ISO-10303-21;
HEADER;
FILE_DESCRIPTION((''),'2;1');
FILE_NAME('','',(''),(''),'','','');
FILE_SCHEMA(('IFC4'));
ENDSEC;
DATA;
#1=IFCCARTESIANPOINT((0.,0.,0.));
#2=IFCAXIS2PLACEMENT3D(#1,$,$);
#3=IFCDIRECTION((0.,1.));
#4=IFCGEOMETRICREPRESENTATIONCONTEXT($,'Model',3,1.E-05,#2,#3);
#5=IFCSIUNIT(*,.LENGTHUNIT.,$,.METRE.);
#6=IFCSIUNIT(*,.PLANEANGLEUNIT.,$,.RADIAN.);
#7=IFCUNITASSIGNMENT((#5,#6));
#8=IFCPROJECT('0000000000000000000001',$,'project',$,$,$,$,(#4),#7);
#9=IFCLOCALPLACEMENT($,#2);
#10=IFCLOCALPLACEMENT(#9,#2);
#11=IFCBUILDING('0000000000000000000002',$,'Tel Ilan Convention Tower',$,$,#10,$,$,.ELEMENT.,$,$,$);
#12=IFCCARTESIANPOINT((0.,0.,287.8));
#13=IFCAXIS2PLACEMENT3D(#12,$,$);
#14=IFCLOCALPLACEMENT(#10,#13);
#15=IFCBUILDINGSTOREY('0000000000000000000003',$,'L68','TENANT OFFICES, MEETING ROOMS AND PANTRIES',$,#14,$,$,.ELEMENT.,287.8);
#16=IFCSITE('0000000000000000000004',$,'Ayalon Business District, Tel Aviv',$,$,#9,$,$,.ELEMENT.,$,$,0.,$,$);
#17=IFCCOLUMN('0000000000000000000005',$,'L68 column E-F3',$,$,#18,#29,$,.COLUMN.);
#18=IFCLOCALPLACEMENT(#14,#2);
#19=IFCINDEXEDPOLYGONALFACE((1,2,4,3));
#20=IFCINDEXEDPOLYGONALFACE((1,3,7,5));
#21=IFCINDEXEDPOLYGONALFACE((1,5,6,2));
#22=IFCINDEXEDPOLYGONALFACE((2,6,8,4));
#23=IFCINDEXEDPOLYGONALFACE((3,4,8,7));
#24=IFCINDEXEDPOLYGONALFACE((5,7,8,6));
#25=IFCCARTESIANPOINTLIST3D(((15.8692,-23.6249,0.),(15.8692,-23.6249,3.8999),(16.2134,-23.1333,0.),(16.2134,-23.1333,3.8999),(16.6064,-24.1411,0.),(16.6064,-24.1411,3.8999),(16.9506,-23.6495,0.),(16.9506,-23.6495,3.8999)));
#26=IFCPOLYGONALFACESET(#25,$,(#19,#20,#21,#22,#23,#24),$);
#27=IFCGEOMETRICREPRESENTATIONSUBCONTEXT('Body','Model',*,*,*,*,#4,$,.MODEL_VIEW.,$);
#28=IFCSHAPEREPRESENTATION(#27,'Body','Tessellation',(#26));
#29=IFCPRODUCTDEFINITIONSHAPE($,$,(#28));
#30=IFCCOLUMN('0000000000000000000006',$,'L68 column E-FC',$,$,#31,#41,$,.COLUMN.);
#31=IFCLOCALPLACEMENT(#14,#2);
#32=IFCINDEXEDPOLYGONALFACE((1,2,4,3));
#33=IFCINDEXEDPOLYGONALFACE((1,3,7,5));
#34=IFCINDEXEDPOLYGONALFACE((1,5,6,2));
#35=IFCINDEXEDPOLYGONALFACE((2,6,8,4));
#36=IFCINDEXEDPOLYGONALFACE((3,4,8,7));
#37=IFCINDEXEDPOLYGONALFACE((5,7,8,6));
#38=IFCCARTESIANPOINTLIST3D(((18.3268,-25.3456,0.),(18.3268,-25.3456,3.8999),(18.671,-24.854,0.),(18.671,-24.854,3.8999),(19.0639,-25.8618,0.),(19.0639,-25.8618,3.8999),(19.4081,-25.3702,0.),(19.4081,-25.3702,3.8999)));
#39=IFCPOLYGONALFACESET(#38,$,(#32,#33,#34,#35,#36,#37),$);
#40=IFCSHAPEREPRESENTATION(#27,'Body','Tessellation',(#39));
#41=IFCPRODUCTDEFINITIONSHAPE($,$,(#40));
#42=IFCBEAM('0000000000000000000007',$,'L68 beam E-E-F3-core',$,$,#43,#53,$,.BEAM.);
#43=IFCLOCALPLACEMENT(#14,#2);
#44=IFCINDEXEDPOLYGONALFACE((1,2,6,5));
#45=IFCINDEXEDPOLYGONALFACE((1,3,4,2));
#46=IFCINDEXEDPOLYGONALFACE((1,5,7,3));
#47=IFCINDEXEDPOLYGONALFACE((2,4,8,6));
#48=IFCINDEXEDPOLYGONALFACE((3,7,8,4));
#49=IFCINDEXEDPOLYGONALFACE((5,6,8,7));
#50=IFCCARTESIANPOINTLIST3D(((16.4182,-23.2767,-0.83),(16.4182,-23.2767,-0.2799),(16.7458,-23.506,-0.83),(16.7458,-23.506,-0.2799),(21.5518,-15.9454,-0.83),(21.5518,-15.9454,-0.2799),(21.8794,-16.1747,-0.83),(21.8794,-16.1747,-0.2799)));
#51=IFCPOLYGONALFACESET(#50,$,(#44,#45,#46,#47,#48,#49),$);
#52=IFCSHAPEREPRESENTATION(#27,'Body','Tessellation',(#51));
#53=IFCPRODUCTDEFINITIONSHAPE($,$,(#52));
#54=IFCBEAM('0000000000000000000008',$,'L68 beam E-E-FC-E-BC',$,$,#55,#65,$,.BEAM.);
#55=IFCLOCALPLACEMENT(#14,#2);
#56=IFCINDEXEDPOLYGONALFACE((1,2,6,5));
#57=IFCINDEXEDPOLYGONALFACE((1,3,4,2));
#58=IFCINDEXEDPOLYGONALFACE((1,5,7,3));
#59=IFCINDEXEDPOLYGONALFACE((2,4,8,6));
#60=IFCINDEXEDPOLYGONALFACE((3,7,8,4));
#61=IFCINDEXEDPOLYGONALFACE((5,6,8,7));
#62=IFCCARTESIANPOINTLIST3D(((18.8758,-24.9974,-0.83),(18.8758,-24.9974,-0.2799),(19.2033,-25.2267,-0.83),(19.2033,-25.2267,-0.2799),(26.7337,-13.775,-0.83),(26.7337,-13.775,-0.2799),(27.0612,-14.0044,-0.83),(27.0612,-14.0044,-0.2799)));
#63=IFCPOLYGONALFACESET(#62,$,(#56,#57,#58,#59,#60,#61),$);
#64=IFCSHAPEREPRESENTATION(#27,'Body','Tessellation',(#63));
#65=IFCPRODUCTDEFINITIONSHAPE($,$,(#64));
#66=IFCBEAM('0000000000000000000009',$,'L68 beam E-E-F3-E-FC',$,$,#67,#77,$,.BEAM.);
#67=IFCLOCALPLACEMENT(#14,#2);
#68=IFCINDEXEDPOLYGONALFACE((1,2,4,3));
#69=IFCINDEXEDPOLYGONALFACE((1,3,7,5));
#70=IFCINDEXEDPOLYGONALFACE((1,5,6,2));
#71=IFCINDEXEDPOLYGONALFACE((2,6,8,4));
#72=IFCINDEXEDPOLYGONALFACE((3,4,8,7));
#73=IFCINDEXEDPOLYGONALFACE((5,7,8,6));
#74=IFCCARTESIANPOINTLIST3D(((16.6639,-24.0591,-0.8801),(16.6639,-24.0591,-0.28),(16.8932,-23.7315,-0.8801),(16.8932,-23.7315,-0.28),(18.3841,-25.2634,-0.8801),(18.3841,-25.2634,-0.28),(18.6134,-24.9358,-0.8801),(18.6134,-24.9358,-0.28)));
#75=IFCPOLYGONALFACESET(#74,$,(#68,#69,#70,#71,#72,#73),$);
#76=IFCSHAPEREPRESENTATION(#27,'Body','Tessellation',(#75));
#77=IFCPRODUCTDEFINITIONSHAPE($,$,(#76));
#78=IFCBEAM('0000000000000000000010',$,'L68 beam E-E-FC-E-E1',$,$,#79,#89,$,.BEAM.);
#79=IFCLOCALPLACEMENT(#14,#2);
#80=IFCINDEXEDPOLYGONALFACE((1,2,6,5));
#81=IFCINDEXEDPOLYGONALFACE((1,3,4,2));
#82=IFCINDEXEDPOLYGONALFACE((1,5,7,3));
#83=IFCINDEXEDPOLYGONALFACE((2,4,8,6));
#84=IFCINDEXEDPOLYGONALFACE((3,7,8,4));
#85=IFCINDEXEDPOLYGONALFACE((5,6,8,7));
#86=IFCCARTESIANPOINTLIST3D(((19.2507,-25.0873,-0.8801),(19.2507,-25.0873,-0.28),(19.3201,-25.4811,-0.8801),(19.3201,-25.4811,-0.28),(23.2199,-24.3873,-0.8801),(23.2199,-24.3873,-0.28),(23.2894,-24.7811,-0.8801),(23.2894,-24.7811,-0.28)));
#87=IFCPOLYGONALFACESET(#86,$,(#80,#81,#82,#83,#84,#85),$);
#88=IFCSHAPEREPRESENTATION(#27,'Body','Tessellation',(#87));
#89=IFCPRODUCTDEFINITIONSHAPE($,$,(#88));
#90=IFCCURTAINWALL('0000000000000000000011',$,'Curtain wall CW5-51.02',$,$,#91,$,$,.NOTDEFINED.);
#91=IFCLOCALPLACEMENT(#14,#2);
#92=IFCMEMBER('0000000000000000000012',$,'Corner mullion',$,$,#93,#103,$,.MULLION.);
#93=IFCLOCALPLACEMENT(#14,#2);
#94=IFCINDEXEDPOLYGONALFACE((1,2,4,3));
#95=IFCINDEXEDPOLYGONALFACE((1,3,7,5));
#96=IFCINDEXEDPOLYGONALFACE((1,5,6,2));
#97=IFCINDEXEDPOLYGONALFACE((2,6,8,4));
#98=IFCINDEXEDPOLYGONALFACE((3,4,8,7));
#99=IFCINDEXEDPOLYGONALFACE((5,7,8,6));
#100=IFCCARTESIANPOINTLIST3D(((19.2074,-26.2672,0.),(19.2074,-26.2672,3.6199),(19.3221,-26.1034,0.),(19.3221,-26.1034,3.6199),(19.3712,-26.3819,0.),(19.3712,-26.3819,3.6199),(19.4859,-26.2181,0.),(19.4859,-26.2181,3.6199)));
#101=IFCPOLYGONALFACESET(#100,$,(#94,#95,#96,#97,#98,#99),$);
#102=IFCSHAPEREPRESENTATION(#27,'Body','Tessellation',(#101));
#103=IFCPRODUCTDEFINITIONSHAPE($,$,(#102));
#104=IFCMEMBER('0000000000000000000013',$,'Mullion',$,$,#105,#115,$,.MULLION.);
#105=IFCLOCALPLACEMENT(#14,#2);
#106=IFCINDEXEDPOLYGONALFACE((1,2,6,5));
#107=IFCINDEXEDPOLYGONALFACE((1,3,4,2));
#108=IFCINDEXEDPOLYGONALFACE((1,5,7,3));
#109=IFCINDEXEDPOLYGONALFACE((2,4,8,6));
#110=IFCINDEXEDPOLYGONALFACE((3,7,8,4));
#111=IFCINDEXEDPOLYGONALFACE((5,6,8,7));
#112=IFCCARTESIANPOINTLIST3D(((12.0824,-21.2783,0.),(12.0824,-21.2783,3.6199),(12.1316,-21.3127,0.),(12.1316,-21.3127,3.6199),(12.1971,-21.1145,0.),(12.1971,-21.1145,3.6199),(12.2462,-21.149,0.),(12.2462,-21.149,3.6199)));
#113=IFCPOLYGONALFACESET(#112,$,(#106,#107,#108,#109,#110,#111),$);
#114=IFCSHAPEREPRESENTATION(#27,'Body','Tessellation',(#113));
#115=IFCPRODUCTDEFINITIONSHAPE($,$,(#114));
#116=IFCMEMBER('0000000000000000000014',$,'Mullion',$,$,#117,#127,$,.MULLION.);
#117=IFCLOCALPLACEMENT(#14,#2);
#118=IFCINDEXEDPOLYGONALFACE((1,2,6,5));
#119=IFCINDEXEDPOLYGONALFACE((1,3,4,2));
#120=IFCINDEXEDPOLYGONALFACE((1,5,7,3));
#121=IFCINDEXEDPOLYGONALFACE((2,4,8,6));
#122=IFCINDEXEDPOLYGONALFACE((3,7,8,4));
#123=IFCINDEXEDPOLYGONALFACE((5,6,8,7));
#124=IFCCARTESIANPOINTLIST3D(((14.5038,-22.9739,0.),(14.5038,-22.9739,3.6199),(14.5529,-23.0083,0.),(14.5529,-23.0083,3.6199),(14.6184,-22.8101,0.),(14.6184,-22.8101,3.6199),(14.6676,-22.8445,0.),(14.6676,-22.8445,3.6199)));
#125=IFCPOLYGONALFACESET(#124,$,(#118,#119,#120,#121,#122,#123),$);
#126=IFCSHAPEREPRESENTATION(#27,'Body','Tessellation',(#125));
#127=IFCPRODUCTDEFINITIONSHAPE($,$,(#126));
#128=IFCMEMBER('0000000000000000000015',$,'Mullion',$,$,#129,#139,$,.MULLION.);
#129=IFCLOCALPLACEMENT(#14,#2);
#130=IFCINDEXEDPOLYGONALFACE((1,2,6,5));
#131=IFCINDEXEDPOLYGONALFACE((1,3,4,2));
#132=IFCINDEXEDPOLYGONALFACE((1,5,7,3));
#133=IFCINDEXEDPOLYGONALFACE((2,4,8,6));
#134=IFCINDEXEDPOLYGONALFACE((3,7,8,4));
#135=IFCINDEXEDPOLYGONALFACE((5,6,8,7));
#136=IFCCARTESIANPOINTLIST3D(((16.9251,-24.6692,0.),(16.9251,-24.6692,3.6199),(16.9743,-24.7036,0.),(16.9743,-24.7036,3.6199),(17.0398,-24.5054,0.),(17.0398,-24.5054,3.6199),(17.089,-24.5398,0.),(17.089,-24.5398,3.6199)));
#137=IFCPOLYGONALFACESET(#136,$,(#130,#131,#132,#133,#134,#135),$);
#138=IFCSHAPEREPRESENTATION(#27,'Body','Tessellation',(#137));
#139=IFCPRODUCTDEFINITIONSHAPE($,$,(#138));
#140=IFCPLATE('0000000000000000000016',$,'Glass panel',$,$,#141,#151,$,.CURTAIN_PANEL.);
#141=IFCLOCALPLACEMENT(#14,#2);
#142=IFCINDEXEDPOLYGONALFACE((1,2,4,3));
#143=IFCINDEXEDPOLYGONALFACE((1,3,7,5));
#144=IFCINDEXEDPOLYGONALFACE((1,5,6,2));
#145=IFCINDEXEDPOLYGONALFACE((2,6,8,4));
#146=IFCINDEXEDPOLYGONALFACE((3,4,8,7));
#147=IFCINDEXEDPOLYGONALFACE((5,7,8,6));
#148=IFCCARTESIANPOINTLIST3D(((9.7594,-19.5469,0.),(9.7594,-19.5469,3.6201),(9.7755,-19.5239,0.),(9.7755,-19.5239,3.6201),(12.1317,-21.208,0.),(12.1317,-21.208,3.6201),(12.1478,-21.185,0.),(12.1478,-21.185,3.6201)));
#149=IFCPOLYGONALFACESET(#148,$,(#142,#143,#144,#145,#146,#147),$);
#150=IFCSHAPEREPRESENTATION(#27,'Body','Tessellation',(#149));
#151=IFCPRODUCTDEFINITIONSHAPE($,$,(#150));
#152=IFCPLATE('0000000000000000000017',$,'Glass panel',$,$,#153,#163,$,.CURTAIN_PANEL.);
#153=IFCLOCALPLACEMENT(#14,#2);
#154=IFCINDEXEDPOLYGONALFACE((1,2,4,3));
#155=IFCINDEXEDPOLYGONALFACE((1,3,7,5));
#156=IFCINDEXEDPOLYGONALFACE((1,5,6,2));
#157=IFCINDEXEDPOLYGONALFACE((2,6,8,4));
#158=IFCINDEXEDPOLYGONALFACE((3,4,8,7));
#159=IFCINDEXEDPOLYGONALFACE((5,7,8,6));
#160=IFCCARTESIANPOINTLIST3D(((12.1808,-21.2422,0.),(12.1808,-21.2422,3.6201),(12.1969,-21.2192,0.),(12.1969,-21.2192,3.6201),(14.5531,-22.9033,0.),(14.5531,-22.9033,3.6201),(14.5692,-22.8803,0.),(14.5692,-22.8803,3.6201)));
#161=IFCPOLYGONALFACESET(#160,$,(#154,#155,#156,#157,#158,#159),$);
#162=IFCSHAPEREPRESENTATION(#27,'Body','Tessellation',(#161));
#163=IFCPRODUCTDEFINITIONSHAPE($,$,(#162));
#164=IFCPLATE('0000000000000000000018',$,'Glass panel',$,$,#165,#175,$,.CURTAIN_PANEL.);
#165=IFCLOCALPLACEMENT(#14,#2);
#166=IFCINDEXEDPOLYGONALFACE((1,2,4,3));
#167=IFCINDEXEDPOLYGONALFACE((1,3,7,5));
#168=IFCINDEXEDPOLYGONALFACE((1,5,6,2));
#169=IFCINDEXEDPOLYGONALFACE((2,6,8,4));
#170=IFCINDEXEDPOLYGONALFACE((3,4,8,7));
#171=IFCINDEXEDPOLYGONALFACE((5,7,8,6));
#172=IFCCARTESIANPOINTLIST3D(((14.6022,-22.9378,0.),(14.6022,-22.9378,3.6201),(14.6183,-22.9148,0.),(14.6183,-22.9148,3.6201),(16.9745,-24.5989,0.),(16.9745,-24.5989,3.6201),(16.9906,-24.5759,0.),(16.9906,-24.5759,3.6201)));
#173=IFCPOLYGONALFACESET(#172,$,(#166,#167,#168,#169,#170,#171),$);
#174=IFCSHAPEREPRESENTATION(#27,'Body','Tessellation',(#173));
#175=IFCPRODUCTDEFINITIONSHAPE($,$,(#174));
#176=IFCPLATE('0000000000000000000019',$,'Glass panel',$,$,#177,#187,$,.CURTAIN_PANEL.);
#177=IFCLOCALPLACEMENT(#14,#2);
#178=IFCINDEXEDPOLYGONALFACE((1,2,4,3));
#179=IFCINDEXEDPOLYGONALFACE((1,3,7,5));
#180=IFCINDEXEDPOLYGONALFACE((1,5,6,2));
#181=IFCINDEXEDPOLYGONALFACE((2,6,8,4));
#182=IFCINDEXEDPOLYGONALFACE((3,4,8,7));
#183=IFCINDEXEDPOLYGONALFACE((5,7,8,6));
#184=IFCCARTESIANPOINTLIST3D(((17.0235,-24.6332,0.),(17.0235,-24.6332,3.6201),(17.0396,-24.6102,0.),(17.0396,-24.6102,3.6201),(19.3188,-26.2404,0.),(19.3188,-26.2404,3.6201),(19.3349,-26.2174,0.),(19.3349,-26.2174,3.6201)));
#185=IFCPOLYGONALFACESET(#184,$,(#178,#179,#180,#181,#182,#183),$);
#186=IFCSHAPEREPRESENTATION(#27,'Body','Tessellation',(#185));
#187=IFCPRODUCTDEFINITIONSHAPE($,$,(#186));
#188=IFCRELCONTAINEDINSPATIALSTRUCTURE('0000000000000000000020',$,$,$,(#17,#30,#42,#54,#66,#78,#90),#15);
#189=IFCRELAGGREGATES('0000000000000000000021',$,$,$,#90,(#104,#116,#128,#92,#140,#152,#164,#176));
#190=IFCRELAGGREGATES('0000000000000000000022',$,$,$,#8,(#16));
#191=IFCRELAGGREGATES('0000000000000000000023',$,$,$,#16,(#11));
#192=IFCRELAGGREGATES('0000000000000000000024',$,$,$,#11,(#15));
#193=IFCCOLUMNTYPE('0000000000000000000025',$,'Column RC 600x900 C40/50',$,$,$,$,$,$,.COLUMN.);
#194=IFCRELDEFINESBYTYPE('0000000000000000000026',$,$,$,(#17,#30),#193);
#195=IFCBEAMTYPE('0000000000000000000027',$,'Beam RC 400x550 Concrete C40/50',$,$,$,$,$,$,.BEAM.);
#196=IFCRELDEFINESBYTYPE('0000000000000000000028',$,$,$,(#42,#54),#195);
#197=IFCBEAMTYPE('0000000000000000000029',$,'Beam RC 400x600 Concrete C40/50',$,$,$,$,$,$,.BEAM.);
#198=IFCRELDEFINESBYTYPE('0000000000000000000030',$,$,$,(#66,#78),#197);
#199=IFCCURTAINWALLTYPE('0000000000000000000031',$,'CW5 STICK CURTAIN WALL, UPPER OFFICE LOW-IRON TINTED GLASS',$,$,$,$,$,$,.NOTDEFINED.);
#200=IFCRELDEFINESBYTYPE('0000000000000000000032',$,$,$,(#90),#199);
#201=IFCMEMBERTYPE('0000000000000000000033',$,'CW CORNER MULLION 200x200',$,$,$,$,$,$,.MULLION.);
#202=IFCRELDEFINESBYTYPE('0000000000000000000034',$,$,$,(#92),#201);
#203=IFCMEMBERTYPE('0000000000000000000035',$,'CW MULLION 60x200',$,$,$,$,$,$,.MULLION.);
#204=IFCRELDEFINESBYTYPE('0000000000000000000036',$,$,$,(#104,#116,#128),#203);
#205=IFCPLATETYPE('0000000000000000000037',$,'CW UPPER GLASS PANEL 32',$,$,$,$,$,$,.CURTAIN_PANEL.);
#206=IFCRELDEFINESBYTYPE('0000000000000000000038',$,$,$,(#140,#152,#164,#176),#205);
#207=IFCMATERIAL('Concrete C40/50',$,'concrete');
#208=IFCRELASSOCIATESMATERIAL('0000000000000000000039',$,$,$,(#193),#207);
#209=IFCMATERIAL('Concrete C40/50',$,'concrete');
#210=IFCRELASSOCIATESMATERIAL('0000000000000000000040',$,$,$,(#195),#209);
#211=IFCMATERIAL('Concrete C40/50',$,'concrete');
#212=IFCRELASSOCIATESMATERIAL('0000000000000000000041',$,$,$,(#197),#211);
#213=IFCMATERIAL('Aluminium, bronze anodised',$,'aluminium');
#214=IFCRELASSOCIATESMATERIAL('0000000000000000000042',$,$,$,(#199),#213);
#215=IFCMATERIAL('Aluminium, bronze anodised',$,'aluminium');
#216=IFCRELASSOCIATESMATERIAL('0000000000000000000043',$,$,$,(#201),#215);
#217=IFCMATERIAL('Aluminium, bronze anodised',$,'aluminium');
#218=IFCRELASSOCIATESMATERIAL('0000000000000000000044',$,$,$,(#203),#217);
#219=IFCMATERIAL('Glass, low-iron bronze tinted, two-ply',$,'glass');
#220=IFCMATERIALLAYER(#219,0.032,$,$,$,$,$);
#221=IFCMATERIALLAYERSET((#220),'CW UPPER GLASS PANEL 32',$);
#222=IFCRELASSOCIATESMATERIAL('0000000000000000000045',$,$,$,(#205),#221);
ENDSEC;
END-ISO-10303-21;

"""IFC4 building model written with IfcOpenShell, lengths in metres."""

from ifc_helpers import new_model, si_unit, direction, frame, origin, origin_2d, place, context, subcontext, project, spatial, rectangle, extrude, material, layer, layer_set, material_profile, profile_set, type_object, element, aggregate, save


model = new_model("IFC4")

# Units and contexts
model_context = context("Model", 3, precision=1e-05, world=origin(), true_north=direction((0.0, 1.0)))
body_context = subcontext(model_context, "Body", "Model", "MODEL_VIEW")
ifc_project = project(units=[si_unit("LENGTHUNIT", "METRE"), si_unit("PLANEANGLEUNIT", "RADIAN")], contexts=[model_context])

# Site, building, storey
site_placement = place(None, origin())
site = spatial("IfcSite", under=ifc_project, at=site_placement, Name="Ayalon Business District, Tel Aviv", CompositionType="ELEMENT", RefElevation=0.0)
building_placement = place(site_placement, origin())
building = spatial("IfcBuilding", under=site, at=building_placement, Name="Tel Ilan Convention Tower", CompositionType="ELEMENT")
storey_placement = place(building_placement, frame((0.0, 0.0, 287.8)))
storey = spatial("IfcBuildingStorey", under=building, at=storey_placement, Name="L68", Description="TENANT OFFICES, MEETING ROOMS AND PANTRIES", CompositionType="ELEMENT", Elevation=287.8)

# Columns
ifc_material_1 = material(Name="Concrete C40/50", Category="concrete")
ifc_material_profile_1 = material_profile(ifc_material_1, rectangle(XDim=0.8999, YDim=0.6001, at=origin_2d()), Name="RC 600x900")
ifc_profile_set_1 = profile_set([ifc_material_profile_1], Name="Concrete C40/50")
column_type = type_object("IfcColumnType", Name="Column RC 600x900 C40/50", PredefinedType="COLUMN", material=ifc_profile_set_1)
for number, where, z_axis, x_axis, name in (
    (1, (16.4099, -23.6372, 0.0), (0.0, 0.0, 1.0), (0.819152, -0.573576, 0.0), "L68 column E-F3"),
    (2, (18.8674, -25.3579, 0.0), (0.0, 0.0, 1.0), (0.819152, -0.573576, 0.0), "L68 column E-FC"),
):
    element("IfcColumn", number, at=place(storey_placement, frame(where, z_axis=z_axis, x_axis=x_axis)), inside=storey, type_object=column_type, Name=name, PredefinedType="COLUMN", context=body_context, shape_type="SweptSolid", body=[
        extrude(rectangle(XDim=0.8999, YDim=0.6001, at=origin_2d()), origin(), (0.0, 0.0, 1.0), 3.8999),
    ])

# Beams
ifc_material_2 = material(Name="Concrete C40/50", Category="concrete")
ifc_material_profile_2 = material_profile(ifc_material_2, rectangle(XDim=0.3999, YDim=0.55, at=origin_2d()), Name="RC 400x550")
ifc_profile_set_2 = profile_set([ifc_material_profile_2], Name="Concrete C40/50")
beam_type_1 = type_object("IfcBeamType", Name="Beam RC 400x550 Concrete C40/50", PredefinedType="BEAM", material=ifc_profile_set_2)
beam_1_placement = place(storey_placement, frame((16.582, -23.3914, -0.5549), z_axis=(0.573585, 0.819146, 0.0), x_axis=(-0.819146, 0.573585, 0.0)))
element("IfcBeam", 3, at=beam_1_placement, inside=storey, type_object=beam_type_1, Name="L68 beam E-E-F3-core", PredefinedType="BEAM", context=body_context, shape_type="SweptSolid", body=[
    extrude(rectangle(XDim=0.3999, YDim=0.55, at=origin_2d()), origin(), (0.0, 0.0, 1.0), 8.95),
])
beam_2_placement = place(storey_placement, frame((19.0396, -25.1121, -0.5549), z_axis=(0.573571, 0.819156, 0.0), x_axis=(-0.819156, 0.573571, 0.0)))
element("IfcBeam", 4, at=beam_2_placement, inside=storey, type_object=beam_type_1, Name="L68 beam E-E-FC-E-BC", PredefinedType="BEAM", context=body_context, shape_type="SweptSolid", body=[
    extrude(rectangle(XDim=0.3999, YDim=0.55, at=origin_2d()), origin(), (0.0, 0.0, 1.0), 13.7),
])
ifc_material_3 = material(Name="Concrete C40/50", Category="concrete")
ifc_material_profile_3 = material_profile(ifc_material_3, rectangle(XDim=0.3999, YDim=0.6001, at=origin_2d()), Name="RC 400x600")
ifc_profile_set_3 = profile_set([ifc_material_profile_3], Name="Concrete C40/50")
beam_type_2 = type_object("IfcBeamType", Name="Beam RC 400x600 Concrete C40/50", PredefinedType="BEAM", material=ifc_profile_set_3)
beam_3_placement = place(storey_placement, frame((16.7786, -23.8953, -0.5801), z_axis=(0.819188, -0.573525, 0.0), x_axis=(0.573525, 0.819188, 0.0)))
element("IfcBeam", 5, at=beam_3_placement, inside=storey, type_object=beam_type_2, Name="L68 beam E-E-F3-E-FC", PredefinedType="BEAM", context=body_context, shape_type="SweptSolid", body=[
    extrude(rectangle(XDim=0.3999, YDim=0.6001, at=origin_2d()), origin(), (0.0, 0.0, 1.0), 2.0999),
])
beam_4_placement = place(storey_placement, frame((19.2854, -25.2842, -0.5801), z_axis=(0.984805, 0.173664, 0.0), x_axis=(-0.173664, 0.984805, 0.0)))
element("IfcBeam", 6, at=beam_4_placement, inside=storey, type_object=beam_type_2, Name="L68 beam E-E-FC-E-E1", PredefinedType="BEAM", context=body_context, shape_type="SweptSolid", body=[
    extrude(rectangle(XDim=0.3999, YDim=0.6001, at=origin_2d()), origin(), (0.0, 0.0, 1.0), 4.0305),
])

# Curtain wall, members, plates
ifc_material_4 = material(Name="Aluminium, bronze anodised", Category="aluminium")
curtain_wall_type = type_object("IfcCurtainWallType", Name="CW5 STICK CURTAIN WALL, UPPER OFFICE LOW-IRON TINTED GLASS", PredefinedType="NOTDEFINED", material=ifc_material_4)
curtain_wall_placement = place(storey_placement, origin())
curtain_wall = element("IfcCurtainWall", 7, at=curtain_wall_placement, inside=storey, type_object=curtain_wall_type, Name="Curtain wall CW5-51.02", PredefinedType="NOTDEFINED")
ifc_material_5 = material(Name="Aluminium, bronze anodised", Category="aluminium")
ifc_material_profile_4 = material_profile(ifc_material_5, rectangle(XDim=0.2, YDim=0.2, at=origin_2d()), Name="CW CORNER MULLION 200x200")
ifc_profile_set_4 = profile_set([ifc_material_profile_4], Name="Aluminium, bronze anodised")
member_type_1 = type_object("IfcMemberType", Name="CW CORNER MULLION 200x200", PredefinedType="MULLION", material=ifc_profile_set_4)
member_1_placement = place(storey_placement, frame((19.3467, -26.2427, 0.0), z_axis=(0.0, 0.0, 1.0), x_axis=(0.819152, -0.573576, 0.0)))
member_1 = element("IfcMember", 8, at=member_1_placement, type_object=member_type_1, Name="Corner mullion", PredefinedType="MULLION", context=body_context, shape_type="SweptSolid", body=[
    extrude(rectangle(XDim=0.2, YDim=0.2, at=origin_2d()), origin(), (0.0, 0.0, 1.0), 3.6199),
])
ifc_material_6 = material(Name="Aluminium, bronze anodised", Category="aluminium")
ifc_material_profile_5 = material_profile(ifc_material_6, rectangle(XDim=0.0601, YDim=0.2, at=origin_2d()), Name="CW MULLION 60x200")
ifc_profile_set_5 = profile_set([ifc_material_profile_5], Name="Aluminium, bronze anodised")
member_type_2 = type_object("IfcMemberType", Name="CW MULLION 60x200", PredefinedType="MULLION", material=ifc_profile_set_5)
member_2_placement = place(storey_placement, frame((12.1643, -21.2136, 0.0), z_axis=(0.0, 0.0, 1.0), x_axis=(0.819152, -0.573576, 0.0)))
member_2 = element("IfcMember", 9, at=member_2_placement, type_object=member_type_2, Name="Mullion", PredefinedType="MULLION", context=body_context, shape_type="SweptSolid", body=[
    extrude(rectangle(XDim=0.0601, YDim=0.2, at=origin_2d()), origin(), (0.0, 0.0, 1.0), 3.6199),
])
member_3_placement = place(storey_placement, frame((14.5857, -22.9092, 0.0), z_axis=(0.0, 0.0, 1.0), x_axis=(0.819152, -0.573576, 0.0)))
member_3 = element("IfcMember", 10, at=member_3_placement, type_object=member_type_2, Name="Mullion", PredefinedType="MULLION", context=body_context, shape_type="SweptSolid", body=[
    extrude(rectangle(XDim=0.0601, YDim=0.2, at=origin_2d()), origin(), (0.0, 0.0, 1.0), 3.6199),
])
member_4_placement = place(storey_placement, frame((17.0071, -24.6045, 0.0), z_axis=(0.0, 0.0, 1.0), x_axis=(0.819152, -0.573576, 0.0)))
member_4 = element("IfcMember", 11, at=member_4_placement, type_object=member_type_2, Name="Mullion", PredefinedType="MULLION", context=body_context, shape_type="SweptSolid", body=[
    extrude(rectangle(XDim=0.0601, YDim=0.2, at=origin_2d()), origin(), (0.0, 0.0, 1.0), 3.6199),
])
ifc_material_7 = material(Name="Glass, low-iron bronze tinted, two-ply", Category="glass")
ifc_layer_1 = layer(ifc_material_7, 0.032)
ifc_layer_set_1 = layer_set([ifc_layer_1], Name="CW UPPER GLASS PANEL 32")
plate_type = type_object("IfcPlateType", Name="CW UPPER GLASS PANEL 32", PredefinedType="CURTAIN_PANEL", material=ifc_layer_set_1)
plate_1_placement = place(storey_placement, frame((10.9536, -20.366, 0.0), z_axis=(0.0, 0.0, 1.0), x_axis=(0.819152, -0.573576, 0.0)))
plate_1 = element("IfcPlate", 12, at=plate_1_placement, type_object=plate_type, Name="Glass panel", PredefinedType="CURTAIN_PANEL", context=body_context, shape_type="SweptSolid", body=[
    extrude(rectangle(XDim=2.896, YDim=0.0281, at=origin_2d()), origin(), (0.0, 0.0, 1.0), 3.6201),
])
plate_2_placement = place(storey_placement, frame((13.375, -22.0613, 0.0), z_axis=(0.0, 0.0, 1.0), x_axis=(0.819152, -0.573576, 0.0)))
plate_2 = element("IfcPlate", 13, at=plate_2_placement, type_object=plate_type, Name="Glass panel", PredefinedType="CURTAIN_PANEL", context=body_context, shape_type="SweptSolid", body=[
    extrude(rectangle(XDim=2.896, YDim=0.0281, at=origin_2d()), origin(), (0.0, 0.0, 1.0), 3.6201),
])
plate_3_placement = place(storey_placement, frame((15.7964, -23.7568, 0.0), z_axis=(0.0, 0.0, 1.0), x_axis=(0.819152, -0.573576, 0.0)))
plate_3 = element("IfcPlate", 14, at=plate_3_placement, type_object=plate_type, Name="Glass panel", PredefinedType="CURTAIN_PANEL", context=body_context, shape_type="SweptSolid", body=[
    extrude(rectangle(XDim=2.896, YDim=0.0281, at=origin_2d()), origin(), (0.0, 0.0, 1.0), 3.6201),
])
plate_4_placement = place(storey_placement, frame((18.1792, -25.4253, 0.0), z_axis=(0.0, 0.0, 1.0), x_axis=(0.819152, -0.573576, 0.0)))
plate_4 = element("IfcPlate", 15, at=plate_4_placement, type_object=plate_type, Name="Glass panel", PredefinedType="CURTAIN_PANEL", context=body_context, shape_type="SweptSolid", body=[
    extrude(rectangle(XDim=2.802, YDim=0.0281, at=origin_2d()), origin(), (0.0, 0.0, 1.0), 3.6201),
])
aggregate(curtain_wall, [member_2, member_3, member_4, member_1, plate_1, plate_2, plate_3, plate_4])

save(model, "model.ifc")
